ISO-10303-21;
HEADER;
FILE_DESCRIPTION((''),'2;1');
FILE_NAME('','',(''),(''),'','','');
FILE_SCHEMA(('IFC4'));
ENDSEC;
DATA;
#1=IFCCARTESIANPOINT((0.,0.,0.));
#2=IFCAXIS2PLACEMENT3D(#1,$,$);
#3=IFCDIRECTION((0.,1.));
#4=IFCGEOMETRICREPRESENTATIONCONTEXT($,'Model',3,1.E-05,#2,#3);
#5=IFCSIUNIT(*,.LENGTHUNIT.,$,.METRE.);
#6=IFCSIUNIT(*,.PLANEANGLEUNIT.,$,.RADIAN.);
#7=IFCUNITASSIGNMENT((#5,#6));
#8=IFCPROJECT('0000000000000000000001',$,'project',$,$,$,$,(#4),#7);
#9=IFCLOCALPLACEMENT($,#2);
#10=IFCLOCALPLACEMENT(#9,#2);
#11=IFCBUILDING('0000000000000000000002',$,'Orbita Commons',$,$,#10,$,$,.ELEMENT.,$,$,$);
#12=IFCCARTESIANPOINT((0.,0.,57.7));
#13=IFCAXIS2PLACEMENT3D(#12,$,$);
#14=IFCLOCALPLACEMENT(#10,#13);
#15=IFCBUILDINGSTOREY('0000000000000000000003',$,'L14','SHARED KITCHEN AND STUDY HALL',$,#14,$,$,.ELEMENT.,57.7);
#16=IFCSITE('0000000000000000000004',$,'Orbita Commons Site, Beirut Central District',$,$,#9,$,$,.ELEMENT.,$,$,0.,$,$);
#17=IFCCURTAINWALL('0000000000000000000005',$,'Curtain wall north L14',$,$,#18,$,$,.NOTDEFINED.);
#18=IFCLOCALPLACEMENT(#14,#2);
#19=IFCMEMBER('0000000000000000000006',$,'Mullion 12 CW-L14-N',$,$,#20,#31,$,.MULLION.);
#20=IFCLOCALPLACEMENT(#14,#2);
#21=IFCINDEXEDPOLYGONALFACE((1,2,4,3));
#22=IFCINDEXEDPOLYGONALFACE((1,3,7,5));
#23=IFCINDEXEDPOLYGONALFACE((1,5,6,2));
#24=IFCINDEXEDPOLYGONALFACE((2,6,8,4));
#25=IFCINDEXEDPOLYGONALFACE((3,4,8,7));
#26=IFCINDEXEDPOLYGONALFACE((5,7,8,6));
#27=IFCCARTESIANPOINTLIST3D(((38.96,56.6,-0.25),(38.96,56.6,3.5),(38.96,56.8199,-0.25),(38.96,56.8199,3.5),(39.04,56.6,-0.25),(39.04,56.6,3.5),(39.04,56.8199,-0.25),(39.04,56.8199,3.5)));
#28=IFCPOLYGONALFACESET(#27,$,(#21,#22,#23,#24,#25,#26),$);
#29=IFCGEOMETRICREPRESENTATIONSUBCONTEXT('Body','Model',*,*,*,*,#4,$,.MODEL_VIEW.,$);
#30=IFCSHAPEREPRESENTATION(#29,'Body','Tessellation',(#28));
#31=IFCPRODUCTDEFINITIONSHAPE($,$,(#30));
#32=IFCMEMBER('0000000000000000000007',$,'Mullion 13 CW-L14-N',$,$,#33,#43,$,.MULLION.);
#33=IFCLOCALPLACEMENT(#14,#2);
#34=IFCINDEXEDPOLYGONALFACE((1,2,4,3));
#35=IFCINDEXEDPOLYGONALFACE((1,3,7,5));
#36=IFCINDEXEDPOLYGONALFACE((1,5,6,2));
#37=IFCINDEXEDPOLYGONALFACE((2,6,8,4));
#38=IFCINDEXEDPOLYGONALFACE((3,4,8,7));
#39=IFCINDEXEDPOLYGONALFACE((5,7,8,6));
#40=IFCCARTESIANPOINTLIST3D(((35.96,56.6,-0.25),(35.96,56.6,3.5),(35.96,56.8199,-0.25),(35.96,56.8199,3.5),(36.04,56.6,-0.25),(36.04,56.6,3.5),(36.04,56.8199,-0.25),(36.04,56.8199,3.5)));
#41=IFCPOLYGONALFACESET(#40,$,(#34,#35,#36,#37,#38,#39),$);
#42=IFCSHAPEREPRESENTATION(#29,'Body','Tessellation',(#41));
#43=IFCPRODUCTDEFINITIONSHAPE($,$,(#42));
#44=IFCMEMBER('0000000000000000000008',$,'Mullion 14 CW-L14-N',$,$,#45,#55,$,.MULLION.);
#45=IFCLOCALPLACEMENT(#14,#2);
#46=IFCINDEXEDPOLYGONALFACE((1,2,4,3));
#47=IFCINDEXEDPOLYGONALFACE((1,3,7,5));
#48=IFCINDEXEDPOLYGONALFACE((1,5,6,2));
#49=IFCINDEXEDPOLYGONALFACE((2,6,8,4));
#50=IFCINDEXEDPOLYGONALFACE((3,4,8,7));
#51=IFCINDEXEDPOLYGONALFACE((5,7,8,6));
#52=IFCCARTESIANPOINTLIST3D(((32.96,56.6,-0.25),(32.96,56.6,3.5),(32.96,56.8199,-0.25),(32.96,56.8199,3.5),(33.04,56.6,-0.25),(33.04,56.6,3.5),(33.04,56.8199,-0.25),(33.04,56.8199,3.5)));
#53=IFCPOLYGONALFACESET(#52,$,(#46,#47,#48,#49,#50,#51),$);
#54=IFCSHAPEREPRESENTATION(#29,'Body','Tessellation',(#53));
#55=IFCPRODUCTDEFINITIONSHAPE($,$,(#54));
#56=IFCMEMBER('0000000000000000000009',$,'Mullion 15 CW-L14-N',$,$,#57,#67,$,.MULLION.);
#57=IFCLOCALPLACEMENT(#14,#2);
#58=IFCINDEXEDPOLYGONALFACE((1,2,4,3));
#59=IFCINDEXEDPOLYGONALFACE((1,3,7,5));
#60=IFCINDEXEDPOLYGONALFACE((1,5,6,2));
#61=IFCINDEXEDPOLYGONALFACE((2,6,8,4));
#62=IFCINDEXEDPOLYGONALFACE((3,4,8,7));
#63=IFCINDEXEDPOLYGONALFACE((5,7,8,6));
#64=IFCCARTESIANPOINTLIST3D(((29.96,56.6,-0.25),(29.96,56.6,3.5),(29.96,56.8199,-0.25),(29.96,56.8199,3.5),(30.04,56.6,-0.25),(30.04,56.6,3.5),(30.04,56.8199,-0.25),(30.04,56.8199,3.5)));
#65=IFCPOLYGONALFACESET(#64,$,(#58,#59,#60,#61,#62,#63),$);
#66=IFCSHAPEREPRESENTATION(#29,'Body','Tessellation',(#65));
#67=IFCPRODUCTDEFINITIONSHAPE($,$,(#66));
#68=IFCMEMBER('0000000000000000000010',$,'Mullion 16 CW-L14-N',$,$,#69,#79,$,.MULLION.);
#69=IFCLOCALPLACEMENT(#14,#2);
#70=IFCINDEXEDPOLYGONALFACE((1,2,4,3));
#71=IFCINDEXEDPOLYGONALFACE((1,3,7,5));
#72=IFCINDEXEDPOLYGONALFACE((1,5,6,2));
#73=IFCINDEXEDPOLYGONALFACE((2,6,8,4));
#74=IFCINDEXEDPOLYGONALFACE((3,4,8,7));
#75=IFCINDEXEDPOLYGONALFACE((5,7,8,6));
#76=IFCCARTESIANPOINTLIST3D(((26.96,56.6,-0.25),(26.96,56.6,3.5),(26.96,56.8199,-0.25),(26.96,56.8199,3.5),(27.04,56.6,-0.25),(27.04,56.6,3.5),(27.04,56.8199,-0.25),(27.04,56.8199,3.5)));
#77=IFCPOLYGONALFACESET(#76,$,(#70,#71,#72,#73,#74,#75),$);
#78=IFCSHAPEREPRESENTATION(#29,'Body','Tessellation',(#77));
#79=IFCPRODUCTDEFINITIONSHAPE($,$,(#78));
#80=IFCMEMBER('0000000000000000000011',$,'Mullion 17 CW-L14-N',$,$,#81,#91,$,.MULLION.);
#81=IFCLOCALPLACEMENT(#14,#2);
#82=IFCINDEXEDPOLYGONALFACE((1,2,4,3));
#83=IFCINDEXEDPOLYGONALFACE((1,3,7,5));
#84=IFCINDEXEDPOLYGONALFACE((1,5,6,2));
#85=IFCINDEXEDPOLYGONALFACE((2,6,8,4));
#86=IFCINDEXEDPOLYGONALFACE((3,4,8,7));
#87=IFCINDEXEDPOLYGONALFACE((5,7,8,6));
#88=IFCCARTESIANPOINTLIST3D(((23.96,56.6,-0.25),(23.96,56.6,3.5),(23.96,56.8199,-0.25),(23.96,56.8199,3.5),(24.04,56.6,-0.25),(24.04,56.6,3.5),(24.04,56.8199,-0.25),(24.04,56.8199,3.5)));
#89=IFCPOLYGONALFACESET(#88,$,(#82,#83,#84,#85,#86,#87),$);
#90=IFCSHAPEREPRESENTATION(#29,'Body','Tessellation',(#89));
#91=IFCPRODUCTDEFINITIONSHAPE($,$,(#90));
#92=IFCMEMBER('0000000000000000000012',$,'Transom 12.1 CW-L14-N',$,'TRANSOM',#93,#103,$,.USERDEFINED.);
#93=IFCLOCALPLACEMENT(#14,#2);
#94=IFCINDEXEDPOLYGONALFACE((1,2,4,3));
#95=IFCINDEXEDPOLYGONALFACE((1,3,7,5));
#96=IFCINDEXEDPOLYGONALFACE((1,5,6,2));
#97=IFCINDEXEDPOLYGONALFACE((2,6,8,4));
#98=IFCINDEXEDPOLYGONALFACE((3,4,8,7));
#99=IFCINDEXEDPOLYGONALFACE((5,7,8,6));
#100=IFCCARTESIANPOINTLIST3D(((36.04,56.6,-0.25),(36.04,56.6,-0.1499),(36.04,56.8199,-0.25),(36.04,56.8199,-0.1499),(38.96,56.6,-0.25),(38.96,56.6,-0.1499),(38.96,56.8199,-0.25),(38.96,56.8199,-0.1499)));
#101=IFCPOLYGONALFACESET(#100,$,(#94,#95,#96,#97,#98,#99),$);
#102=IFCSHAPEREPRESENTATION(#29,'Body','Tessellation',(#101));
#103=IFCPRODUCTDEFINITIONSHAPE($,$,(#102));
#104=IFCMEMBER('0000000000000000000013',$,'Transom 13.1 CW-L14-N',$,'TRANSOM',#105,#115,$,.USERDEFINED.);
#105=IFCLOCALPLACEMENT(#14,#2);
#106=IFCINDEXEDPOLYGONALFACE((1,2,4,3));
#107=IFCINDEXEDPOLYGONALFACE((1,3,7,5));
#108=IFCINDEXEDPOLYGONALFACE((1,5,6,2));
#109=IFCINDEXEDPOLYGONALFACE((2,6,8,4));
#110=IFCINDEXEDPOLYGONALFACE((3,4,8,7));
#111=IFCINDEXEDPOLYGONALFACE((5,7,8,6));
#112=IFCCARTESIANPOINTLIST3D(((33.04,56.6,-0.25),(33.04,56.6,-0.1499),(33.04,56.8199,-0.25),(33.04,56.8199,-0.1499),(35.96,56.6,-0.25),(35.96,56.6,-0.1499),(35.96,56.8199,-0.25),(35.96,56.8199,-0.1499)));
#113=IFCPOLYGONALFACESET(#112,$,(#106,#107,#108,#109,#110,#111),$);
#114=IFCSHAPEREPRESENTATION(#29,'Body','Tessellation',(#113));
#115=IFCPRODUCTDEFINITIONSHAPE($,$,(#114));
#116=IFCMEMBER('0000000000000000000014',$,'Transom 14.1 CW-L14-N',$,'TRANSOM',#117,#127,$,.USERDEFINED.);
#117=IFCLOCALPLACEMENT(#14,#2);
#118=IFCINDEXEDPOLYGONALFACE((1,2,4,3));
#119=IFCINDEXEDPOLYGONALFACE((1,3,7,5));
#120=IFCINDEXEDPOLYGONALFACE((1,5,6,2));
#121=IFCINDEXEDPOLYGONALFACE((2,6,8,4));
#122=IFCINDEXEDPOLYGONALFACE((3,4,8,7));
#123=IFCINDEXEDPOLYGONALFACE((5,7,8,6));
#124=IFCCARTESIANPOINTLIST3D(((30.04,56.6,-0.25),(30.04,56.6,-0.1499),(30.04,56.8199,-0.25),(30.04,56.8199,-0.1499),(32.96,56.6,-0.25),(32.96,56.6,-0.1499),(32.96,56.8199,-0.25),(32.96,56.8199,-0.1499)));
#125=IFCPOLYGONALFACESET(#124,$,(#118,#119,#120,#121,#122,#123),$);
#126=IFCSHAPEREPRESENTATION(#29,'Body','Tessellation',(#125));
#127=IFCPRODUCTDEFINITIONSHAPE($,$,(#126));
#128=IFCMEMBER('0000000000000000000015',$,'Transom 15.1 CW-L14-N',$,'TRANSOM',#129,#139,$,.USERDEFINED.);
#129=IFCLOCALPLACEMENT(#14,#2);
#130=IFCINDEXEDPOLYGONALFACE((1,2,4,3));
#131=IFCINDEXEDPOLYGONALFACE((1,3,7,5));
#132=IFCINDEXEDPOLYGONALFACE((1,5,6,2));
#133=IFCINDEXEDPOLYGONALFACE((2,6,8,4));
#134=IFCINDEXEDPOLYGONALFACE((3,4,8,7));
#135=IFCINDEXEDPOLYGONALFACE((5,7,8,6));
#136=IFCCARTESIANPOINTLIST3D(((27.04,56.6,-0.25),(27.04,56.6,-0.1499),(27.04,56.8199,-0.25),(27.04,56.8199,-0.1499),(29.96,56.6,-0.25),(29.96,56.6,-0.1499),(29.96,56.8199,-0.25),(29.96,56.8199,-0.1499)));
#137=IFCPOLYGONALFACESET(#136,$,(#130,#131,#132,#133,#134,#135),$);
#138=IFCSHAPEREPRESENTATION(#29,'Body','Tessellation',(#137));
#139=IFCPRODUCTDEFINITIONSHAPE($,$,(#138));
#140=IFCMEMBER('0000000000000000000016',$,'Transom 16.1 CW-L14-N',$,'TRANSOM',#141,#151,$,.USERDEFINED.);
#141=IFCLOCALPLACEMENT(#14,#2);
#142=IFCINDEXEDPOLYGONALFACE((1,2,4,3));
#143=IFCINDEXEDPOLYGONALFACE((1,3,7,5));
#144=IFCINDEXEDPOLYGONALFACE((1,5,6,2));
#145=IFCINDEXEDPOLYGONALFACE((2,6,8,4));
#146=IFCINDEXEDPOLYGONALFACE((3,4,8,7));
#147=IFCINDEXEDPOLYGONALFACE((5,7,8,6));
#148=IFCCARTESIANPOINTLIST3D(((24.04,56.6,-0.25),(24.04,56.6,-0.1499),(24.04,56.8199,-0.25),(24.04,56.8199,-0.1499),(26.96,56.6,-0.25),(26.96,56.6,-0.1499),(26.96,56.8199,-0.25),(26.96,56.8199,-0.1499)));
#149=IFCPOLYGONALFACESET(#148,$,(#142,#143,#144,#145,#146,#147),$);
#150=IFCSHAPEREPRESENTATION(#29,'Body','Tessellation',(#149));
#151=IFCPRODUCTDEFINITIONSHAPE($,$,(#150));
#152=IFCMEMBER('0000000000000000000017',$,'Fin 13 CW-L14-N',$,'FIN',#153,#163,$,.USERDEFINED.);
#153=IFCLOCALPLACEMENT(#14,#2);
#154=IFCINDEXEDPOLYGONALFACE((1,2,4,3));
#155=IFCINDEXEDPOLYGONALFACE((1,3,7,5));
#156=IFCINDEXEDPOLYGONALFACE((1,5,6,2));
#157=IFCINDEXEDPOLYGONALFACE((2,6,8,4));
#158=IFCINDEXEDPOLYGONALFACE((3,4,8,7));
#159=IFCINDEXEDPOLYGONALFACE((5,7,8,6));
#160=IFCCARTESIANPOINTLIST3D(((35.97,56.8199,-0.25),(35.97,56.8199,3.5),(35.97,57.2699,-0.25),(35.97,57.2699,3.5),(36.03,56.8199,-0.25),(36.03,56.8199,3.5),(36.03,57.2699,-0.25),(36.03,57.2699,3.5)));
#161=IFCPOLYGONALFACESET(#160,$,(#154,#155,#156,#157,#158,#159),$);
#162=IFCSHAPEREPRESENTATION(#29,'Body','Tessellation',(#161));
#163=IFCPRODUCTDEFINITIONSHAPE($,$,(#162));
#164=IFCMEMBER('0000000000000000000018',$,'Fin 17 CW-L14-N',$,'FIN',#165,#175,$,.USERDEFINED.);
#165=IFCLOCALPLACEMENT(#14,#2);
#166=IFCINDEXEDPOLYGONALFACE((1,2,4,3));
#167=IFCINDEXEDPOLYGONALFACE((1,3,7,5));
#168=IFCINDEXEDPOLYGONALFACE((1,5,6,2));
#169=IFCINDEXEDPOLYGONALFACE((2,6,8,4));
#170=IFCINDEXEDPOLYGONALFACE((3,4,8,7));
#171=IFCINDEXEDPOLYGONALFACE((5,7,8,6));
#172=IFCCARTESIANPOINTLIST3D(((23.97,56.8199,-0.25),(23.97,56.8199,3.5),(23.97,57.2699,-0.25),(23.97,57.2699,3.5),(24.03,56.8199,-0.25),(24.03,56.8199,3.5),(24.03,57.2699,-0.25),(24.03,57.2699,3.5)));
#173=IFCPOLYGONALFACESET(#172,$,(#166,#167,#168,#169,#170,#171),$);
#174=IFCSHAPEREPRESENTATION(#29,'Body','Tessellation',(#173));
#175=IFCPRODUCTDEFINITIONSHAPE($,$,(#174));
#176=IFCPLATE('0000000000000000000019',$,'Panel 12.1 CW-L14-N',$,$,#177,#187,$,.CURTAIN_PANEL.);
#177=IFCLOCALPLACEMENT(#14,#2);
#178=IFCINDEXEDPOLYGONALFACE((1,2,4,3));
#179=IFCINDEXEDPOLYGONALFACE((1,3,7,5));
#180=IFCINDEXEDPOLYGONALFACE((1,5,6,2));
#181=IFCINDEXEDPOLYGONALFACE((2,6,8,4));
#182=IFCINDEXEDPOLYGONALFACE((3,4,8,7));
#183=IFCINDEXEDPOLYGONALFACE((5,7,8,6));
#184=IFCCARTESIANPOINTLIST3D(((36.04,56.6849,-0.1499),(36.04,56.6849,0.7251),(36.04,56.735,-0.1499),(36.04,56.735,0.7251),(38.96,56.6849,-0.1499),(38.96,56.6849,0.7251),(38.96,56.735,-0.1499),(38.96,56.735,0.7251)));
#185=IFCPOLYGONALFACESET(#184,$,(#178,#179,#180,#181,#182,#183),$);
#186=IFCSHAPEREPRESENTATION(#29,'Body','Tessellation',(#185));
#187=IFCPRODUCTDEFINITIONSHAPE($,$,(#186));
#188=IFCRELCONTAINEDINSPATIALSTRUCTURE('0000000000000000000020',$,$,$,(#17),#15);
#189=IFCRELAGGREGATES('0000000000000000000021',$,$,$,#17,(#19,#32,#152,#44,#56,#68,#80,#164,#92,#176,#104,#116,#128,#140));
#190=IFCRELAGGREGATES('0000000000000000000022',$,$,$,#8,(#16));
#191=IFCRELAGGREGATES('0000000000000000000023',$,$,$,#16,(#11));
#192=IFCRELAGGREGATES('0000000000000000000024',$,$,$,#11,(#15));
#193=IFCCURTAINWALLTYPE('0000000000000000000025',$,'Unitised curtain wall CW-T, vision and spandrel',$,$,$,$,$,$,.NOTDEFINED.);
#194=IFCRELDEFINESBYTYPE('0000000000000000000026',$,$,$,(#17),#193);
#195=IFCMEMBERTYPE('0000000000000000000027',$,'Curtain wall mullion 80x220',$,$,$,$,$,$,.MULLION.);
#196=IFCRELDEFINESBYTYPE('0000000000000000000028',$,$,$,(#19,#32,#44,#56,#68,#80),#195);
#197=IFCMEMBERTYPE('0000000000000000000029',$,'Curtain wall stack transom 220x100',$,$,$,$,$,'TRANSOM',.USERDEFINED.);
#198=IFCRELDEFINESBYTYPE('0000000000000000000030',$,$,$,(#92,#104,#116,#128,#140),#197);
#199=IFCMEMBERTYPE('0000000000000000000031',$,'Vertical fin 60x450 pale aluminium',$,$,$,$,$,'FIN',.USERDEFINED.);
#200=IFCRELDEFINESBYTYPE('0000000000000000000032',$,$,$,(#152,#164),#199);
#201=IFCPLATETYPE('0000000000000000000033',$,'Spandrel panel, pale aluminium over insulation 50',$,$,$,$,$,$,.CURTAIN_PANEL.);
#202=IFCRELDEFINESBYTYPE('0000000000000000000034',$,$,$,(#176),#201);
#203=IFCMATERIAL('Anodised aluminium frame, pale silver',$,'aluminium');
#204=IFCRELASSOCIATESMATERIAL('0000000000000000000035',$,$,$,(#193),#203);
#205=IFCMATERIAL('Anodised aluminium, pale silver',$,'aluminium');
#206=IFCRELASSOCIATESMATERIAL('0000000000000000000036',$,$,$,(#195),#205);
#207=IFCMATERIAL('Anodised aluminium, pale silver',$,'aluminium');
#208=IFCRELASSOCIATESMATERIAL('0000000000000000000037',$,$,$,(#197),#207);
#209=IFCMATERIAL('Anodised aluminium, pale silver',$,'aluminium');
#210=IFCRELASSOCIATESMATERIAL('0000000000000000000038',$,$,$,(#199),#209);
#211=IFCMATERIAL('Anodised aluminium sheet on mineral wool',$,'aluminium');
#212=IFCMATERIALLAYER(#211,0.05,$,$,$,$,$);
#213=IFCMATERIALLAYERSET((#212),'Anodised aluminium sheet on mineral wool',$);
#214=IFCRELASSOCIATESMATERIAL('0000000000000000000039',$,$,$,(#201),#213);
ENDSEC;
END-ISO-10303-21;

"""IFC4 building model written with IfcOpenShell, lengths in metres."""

from ifc_helpers import new_model, si_unit, direction, frame, origin, origin_2d, place, context, subcontext, project, spatial, rectangle, extrude, material, layer, layer_set, material_profile, profile_set, type_object, element, aggregate, save


model = new_model("IFC4")

# Units and contexts
model_context = context("Model", 3, precision=1e-05, world=origin(), true_north=direction((0.0, 1.0)))
body_context = subcontext(model_context, "Body", "Model", "MODEL_VIEW")
ifc_project = project(units=[si_unit("LENGTHUNIT", "METRE"), si_unit("PLANEANGLEUNIT", "RADIAN")], contexts=[model_context])

# Site, building, storey
site_placement = place(None, origin())
site = spatial("IfcSite", under=ifc_project, at=site_placement, Name="Orbita Commons Site, Beirut Central District", CompositionType="ELEMENT", RefElevation=0.0)
building_placement = place(site_placement, origin())
building = spatial("IfcBuilding", under=site, at=building_placement, Name="Orbita Commons", CompositionType="ELEMENT")
storey_placement = place(building_placement, frame((0.0, 0.0, 57.7)))
storey = spatial("IfcBuildingStorey", under=building, at=storey_placement, Name="L14", Description="SHARED KITCHEN AND STUDY HALL", CompositionType="ELEMENT", Elevation=57.7)

# Curtain wall, members, plate
ifc_material_1 = material(Name="Anodised aluminium frame, pale silver", Category="aluminium")
curtain_wall_type = type_object("IfcCurtainWallType", Name="Unitised curtain wall CW-T, vision and spandrel", PredefinedType="NOTDEFINED", material=ifc_material_1)
curtain_wall_placement = place(storey_placement, origin())
curtain_wall = element("IfcCurtainWall", 1, at=curtain_wall_placement, inside=storey, type_object=curtain_wall_type, Name="Curtain wall north L14", PredefinedType="NOTDEFINED")
ifc_material_2 = material(Name="Anodised aluminium, pale silver", Category="aluminium")
ifc_material_profile_1 = material_profile(ifc_material_2, rectangle(XDim=0.0801, YDim=0.22, at=origin_2d()), Name="AL 80x220")
ifc_profile_set_1 = profile_set([ifc_material_profile_1], Name="Anodised aluminium, pale silver")
member_type_1 = type_object("IfcMemberType", Name="Curtain wall mullion 80x220", PredefinedType="MULLION", material=ifc_profile_set_1)
member_1_placement = place(storey_placement, frame((39.0, 56.71, -0.25), z_axis=(0.0, 0.0, 1.0), x_axis=(-1.0, 0.0, 0.0)))
member_1 = element("IfcMember", 2, at=member_1_placement, type_object=member_type_1, Name="Mullion 12 CW-L14-N", PredefinedType="MULLION", context=body_context, shape_type="SweptSolid", body=[
    extrude(rectangle(XDim=0.0801, YDim=0.22, at=origin_2d()), origin(), (0.0, 0.0, 1.0), 3.75),
])
member_2_placement = place(storey_placement, frame((36.0, 56.71, -0.25), z_axis=(0.0, 0.0, 1.0), x_axis=(-1.0, 0.0, 0.0)))
member_2 = element("IfcMember", 3, at=member_2_placement, type_object=member_type_1, Name="Mullion 13 CW-L14-N", PredefinedType="MULLION", context=body_context, shape_type="SweptSolid", body=[
    extrude(rectangle(XDim=0.0801, YDim=0.22, at=origin_2d()), origin(), (0.0, 0.0, 1.0), 3.75),
])
member_3_placement = place(storey_placement, frame((33.0, 56.71, -0.25), z_axis=(0.0, 0.0, 1.0), x_axis=(-1.0, 0.0, 0.0)))
member_3 = element("IfcMember", 4, at=member_3_placement, type_object=member_type_1, Name="Mullion 14 CW-L14-N", PredefinedType="MULLION", context=body_context, shape_type="SweptSolid", body=[
    extrude(rectangle(XDim=0.0801, YDim=0.22, at=origin_2d()), origin(), (0.0, 0.0, 1.0), 3.75),
])
member_4_placement = place(storey_placement, frame((30.0, 56.71, -0.25), z_axis=(0.0, 0.0, 1.0), x_axis=(-1.0, 0.0, 0.0)))
member_4 = element("IfcMember", 5, at=member_4_placement, type_object=member_type_1, Name="Mullion 15 CW-L14-N", PredefinedType="MULLION", context=body_context, shape_type="SweptSolid", body=[
    extrude(rectangle(XDim=0.0801, YDim=0.22, at=origin_2d()), origin(), (0.0, 0.0, 1.0), 3.75),
])
member_5_placement = place(storey_placement, frame((27.0, 56.71, -0.25), z_axis=(0.0, 0.0, 1.0), x_axis=(-1.0, 0.0, 0.0)))
member_5 = element("IfcMember", 6, at=member_5_placement, type_object=member_type_1, Name="Mullion 16 CW-L14-N", PredefinedType="MULLION", context=body_context, shape_type="SweptSolid", body=[
    extrude(rectangle(XDim=0.0801, YDim=0.22, at=origin_2d()), origin(), (0.0, 0.0, 1.0), 3.75),
])
member_6_placement = place(storey_placement, frame((24.0, 56.71, -0.25), z_axis=(0.0, 0.0, 1.0), x_axis=(-1.0, 0.0, 0.0)))
member_6 = element("IfcMember", 7, at=member_6_placement, type_object=member_type_1, Name="Mullion 17 CW-L14-N", PredefinedType="MULLION", context=body_context, shape_type="SweptSolid", body=[
    extrude(rectangle(XDim=0.0801, YDim=0.22, at=origin_2d()), origin(), (0.0, 0.0, 1.0), 3.75),
])
ifc_material_3 = material(Name="Anodised aluminium, pale silver", Category="aluminium")
ifc_material_profile_2 = material_profile(ifc_material_3, rectangle(XDim=0.22, YDim=0.1001, at=origin_2d()), Name="AL 220x100")
ifc_profile_set_2 = profile_set([ifc_material_profile_2], Name="Anodised aluminium, pale silver")
member_type_2 = type_object("IfcMemberType", Name="Curtain wall stack transom 220x100", ElementType="TRANSOM", PredefinedType="USERDEFINED", material=ifc_profile_set_2)
member_7_placement = place(storey_placement, frame((38.96, 56.71, -0.2), z_axis=(-1.0, 0.0, 0.0), x_axis=(0.0, -1.0, 0.0)))
member_7 = element("IfcMember", 8, at=member_7_placement, type_object=member_type_2, Name="Transom 12.1 CW-L14-N", ObjectType="TRANSOM", PredefinedType="USERDEFINED", context=body_context, shape_type="SweptSolid", body=[
    extrude(rectangle(XDim=0.22, YDim=0.1001, at=origin_2d()), origin(), (0.0, 0.0, 1.0), 2.9199),
])
member_8_placement = place(storey_placement, frame((35.96, 56.71, -0.2), z_axis=(-1.0, 0.0, 0.0), x_axis=(0.0, -1.0, 0.0)))
member_8 = element("IfcMember", 9, at=member_8_placement, type_object=member_type_2, Name="Transom 13.1 CW-L14-N", ObjectType="TRANSOM", PredefinedType="USERDEFINED", context=body_context, shape_type="SweptSolid", body=[
    extrude(rectangle(XDim=0.22, YDim=0.1001, at=origin_2d()), origin(), (0.0, 0.0, 1.0), 2.9199),
])
member_9_placement = place(storey_placement, frame((32.96, 56.71, -0.2), z_axis=(-1.0, 0.0, 0.0), x_axis=(0.0, -1.0, 0.0)))
member_9 = element("IfcMember", 10, at=member_9_placement, type_object=member_type_2, Name="Transom 14.1 CW-L14-N", ObjectType="TRANSOM", PredefinedType="USERDEFINED", context=body_context, shape_type="SweptSolid", body=[
    extrude(rectangle(XDim=0.22, YDim=0.1001, at=origin_2d()), origin(), (0.0, 0.0, 1.0), 2.9199),
])
member_10_placement = place(storey_placement, frame((29.96, 56.71, -0.2), z_axis=(-1.0, 0.0, 0.0), x_axis=(0.0, -1.0, 0.0)))
member_10 = element("IfcMember", 11, at=member_10_placement, type_object=member_type_2, Name="Transom 15.1 CW-L14-N", ObjectType="TRANSOM", PredefinedType="USERDEFINED", context=body_context, shape_type="SweptSolid", body=[
    extrude(rectangle(XDim=0.22, YDim=0.1001, at=origin_2d()), origin(), (0.0, 0.0, 1.0), 2.9199),
])
member_11_placement = place(storey_placement, frame((26.96, 56.71, -0.2), z_axis=(-1.0, 0.0, 0.0), x_axis=(0.0, -1.0, 0.0)))
member_11 = element("IfcMember", 12, at=member_11_placement, type_object=member_type_2, Name="Transom 16.1 CW-L14-N", ObjectType="TRANSOM", PredefinedType="USERDEFINED", context=body_context, shape_type="SweptSolid", body=[
    extrude(rectangle(XDim=0.22, YDim=0.1001, at=origin_2d()), origin(), (0.0, 0.0, 1.0), 2.9199),
])
ifc_material_4 = material(Name="Anodised aluminium, pale silver", Category="aluminium")
ifc_material_profile_3 = material_profile(ifc_material_4, rectangle(XDim=0.0601, YDim=0.45, at=origin_2d()), Name="FIN 60x450")
ifc_profile_set_3 = profile_set([ifc_material_profile_3], Name="Anodised aluminium, pale silver")
member_type_3 = type_object("IfcMemberType", Name="Vertical fin 60x450 pale aluminium", ElementType="FIN", PredefinedType="USERDEFINED", material=ifc_profile_set_3)
member_12_placement = place(storey_placement, frame((36.0, 57.0449, -0.25), z_axis=(0.0, 0.0, 1.0), x_axis=(-1.0, 0.0, 0.0)))
member_12 = element("IfcMember", 13, at=member_12_placement, type_object=member_type_3, Name="Fin 13 CW-L14-N", ObjectType="FIN", PredefinedType="USERDEFINED", context=body_context, shape_type="SweptSolid", body=[
    extrude(rectangle(XDim=0.0601, YDim=0.45, at=origin_2d()), origin(), (0.0, 0.0, 1.0), 3.75),
])
member_13_placement = place(storey_placement, frame((24.0, 57.0449, -0.25), z_axis=(0.0, 0.0, 1.0), x_axis=(-1.0, 0.0, 0.0)))
member_13 = element("IfcMember", 14, at=member_13_placement, type_object=member_type_3, Name="Fin 17 CW-L14-N", ObjectType="FIN", PredefinedType="USERDEFINED", context=body_context, shape_type="SweptSolid", body=[
    extrude(rectangle(XDim=0.0601, YDim=0.45, at=origin_2d()), origin(), (0.0, 0.0, 1.0), 3.75),
])
ifc_material_5 = material(Name="Anodised aluminium sheet on mineral wool", Category="aluminium")
ifc_layer_1 = layer(ifc_material_5, 0.05)
ifc_layer_set_1 = layer_set([ifc_layer_1], Name="Anodised aluminium sheet on mineral wool")
plate_type_1 = type_object("IfcPlateType", Name="Spandrel panel, pale aluminium over insulation 50", PredefinedType="CURTAIN_PANEL", material=ifc_layer_set_1)
plate_1_placement = place(storey_placement, frame((37.5, 56.71, -0.1499), z_axis=(0.0, 0.0, 1.0), x_axis=(-1.0, 0.0, 0.0)))
plate_1 = element("IfcPlate", 15, at=plate_1_placement, type_object=plate_type_1, Name="Panel 12.1 CW-L14-N", PredefinedType="CURTAIN_PANEL", context=body_context, shape_type="SweptSolid", body=[
    extrude(rectangle(XDim=2.9199, YDim=0.05, at=origin_2d()), origin(), (0.0, 0.0, 1.0), 0.875),
])
aggregate(curtain_wall, [member_1, member_2, member_12, member_3, member_4, member_5, member_6, member_13, member_7, plate_1, member_8, member_9, member_10, member_11])

save(model, "model.ifc")
